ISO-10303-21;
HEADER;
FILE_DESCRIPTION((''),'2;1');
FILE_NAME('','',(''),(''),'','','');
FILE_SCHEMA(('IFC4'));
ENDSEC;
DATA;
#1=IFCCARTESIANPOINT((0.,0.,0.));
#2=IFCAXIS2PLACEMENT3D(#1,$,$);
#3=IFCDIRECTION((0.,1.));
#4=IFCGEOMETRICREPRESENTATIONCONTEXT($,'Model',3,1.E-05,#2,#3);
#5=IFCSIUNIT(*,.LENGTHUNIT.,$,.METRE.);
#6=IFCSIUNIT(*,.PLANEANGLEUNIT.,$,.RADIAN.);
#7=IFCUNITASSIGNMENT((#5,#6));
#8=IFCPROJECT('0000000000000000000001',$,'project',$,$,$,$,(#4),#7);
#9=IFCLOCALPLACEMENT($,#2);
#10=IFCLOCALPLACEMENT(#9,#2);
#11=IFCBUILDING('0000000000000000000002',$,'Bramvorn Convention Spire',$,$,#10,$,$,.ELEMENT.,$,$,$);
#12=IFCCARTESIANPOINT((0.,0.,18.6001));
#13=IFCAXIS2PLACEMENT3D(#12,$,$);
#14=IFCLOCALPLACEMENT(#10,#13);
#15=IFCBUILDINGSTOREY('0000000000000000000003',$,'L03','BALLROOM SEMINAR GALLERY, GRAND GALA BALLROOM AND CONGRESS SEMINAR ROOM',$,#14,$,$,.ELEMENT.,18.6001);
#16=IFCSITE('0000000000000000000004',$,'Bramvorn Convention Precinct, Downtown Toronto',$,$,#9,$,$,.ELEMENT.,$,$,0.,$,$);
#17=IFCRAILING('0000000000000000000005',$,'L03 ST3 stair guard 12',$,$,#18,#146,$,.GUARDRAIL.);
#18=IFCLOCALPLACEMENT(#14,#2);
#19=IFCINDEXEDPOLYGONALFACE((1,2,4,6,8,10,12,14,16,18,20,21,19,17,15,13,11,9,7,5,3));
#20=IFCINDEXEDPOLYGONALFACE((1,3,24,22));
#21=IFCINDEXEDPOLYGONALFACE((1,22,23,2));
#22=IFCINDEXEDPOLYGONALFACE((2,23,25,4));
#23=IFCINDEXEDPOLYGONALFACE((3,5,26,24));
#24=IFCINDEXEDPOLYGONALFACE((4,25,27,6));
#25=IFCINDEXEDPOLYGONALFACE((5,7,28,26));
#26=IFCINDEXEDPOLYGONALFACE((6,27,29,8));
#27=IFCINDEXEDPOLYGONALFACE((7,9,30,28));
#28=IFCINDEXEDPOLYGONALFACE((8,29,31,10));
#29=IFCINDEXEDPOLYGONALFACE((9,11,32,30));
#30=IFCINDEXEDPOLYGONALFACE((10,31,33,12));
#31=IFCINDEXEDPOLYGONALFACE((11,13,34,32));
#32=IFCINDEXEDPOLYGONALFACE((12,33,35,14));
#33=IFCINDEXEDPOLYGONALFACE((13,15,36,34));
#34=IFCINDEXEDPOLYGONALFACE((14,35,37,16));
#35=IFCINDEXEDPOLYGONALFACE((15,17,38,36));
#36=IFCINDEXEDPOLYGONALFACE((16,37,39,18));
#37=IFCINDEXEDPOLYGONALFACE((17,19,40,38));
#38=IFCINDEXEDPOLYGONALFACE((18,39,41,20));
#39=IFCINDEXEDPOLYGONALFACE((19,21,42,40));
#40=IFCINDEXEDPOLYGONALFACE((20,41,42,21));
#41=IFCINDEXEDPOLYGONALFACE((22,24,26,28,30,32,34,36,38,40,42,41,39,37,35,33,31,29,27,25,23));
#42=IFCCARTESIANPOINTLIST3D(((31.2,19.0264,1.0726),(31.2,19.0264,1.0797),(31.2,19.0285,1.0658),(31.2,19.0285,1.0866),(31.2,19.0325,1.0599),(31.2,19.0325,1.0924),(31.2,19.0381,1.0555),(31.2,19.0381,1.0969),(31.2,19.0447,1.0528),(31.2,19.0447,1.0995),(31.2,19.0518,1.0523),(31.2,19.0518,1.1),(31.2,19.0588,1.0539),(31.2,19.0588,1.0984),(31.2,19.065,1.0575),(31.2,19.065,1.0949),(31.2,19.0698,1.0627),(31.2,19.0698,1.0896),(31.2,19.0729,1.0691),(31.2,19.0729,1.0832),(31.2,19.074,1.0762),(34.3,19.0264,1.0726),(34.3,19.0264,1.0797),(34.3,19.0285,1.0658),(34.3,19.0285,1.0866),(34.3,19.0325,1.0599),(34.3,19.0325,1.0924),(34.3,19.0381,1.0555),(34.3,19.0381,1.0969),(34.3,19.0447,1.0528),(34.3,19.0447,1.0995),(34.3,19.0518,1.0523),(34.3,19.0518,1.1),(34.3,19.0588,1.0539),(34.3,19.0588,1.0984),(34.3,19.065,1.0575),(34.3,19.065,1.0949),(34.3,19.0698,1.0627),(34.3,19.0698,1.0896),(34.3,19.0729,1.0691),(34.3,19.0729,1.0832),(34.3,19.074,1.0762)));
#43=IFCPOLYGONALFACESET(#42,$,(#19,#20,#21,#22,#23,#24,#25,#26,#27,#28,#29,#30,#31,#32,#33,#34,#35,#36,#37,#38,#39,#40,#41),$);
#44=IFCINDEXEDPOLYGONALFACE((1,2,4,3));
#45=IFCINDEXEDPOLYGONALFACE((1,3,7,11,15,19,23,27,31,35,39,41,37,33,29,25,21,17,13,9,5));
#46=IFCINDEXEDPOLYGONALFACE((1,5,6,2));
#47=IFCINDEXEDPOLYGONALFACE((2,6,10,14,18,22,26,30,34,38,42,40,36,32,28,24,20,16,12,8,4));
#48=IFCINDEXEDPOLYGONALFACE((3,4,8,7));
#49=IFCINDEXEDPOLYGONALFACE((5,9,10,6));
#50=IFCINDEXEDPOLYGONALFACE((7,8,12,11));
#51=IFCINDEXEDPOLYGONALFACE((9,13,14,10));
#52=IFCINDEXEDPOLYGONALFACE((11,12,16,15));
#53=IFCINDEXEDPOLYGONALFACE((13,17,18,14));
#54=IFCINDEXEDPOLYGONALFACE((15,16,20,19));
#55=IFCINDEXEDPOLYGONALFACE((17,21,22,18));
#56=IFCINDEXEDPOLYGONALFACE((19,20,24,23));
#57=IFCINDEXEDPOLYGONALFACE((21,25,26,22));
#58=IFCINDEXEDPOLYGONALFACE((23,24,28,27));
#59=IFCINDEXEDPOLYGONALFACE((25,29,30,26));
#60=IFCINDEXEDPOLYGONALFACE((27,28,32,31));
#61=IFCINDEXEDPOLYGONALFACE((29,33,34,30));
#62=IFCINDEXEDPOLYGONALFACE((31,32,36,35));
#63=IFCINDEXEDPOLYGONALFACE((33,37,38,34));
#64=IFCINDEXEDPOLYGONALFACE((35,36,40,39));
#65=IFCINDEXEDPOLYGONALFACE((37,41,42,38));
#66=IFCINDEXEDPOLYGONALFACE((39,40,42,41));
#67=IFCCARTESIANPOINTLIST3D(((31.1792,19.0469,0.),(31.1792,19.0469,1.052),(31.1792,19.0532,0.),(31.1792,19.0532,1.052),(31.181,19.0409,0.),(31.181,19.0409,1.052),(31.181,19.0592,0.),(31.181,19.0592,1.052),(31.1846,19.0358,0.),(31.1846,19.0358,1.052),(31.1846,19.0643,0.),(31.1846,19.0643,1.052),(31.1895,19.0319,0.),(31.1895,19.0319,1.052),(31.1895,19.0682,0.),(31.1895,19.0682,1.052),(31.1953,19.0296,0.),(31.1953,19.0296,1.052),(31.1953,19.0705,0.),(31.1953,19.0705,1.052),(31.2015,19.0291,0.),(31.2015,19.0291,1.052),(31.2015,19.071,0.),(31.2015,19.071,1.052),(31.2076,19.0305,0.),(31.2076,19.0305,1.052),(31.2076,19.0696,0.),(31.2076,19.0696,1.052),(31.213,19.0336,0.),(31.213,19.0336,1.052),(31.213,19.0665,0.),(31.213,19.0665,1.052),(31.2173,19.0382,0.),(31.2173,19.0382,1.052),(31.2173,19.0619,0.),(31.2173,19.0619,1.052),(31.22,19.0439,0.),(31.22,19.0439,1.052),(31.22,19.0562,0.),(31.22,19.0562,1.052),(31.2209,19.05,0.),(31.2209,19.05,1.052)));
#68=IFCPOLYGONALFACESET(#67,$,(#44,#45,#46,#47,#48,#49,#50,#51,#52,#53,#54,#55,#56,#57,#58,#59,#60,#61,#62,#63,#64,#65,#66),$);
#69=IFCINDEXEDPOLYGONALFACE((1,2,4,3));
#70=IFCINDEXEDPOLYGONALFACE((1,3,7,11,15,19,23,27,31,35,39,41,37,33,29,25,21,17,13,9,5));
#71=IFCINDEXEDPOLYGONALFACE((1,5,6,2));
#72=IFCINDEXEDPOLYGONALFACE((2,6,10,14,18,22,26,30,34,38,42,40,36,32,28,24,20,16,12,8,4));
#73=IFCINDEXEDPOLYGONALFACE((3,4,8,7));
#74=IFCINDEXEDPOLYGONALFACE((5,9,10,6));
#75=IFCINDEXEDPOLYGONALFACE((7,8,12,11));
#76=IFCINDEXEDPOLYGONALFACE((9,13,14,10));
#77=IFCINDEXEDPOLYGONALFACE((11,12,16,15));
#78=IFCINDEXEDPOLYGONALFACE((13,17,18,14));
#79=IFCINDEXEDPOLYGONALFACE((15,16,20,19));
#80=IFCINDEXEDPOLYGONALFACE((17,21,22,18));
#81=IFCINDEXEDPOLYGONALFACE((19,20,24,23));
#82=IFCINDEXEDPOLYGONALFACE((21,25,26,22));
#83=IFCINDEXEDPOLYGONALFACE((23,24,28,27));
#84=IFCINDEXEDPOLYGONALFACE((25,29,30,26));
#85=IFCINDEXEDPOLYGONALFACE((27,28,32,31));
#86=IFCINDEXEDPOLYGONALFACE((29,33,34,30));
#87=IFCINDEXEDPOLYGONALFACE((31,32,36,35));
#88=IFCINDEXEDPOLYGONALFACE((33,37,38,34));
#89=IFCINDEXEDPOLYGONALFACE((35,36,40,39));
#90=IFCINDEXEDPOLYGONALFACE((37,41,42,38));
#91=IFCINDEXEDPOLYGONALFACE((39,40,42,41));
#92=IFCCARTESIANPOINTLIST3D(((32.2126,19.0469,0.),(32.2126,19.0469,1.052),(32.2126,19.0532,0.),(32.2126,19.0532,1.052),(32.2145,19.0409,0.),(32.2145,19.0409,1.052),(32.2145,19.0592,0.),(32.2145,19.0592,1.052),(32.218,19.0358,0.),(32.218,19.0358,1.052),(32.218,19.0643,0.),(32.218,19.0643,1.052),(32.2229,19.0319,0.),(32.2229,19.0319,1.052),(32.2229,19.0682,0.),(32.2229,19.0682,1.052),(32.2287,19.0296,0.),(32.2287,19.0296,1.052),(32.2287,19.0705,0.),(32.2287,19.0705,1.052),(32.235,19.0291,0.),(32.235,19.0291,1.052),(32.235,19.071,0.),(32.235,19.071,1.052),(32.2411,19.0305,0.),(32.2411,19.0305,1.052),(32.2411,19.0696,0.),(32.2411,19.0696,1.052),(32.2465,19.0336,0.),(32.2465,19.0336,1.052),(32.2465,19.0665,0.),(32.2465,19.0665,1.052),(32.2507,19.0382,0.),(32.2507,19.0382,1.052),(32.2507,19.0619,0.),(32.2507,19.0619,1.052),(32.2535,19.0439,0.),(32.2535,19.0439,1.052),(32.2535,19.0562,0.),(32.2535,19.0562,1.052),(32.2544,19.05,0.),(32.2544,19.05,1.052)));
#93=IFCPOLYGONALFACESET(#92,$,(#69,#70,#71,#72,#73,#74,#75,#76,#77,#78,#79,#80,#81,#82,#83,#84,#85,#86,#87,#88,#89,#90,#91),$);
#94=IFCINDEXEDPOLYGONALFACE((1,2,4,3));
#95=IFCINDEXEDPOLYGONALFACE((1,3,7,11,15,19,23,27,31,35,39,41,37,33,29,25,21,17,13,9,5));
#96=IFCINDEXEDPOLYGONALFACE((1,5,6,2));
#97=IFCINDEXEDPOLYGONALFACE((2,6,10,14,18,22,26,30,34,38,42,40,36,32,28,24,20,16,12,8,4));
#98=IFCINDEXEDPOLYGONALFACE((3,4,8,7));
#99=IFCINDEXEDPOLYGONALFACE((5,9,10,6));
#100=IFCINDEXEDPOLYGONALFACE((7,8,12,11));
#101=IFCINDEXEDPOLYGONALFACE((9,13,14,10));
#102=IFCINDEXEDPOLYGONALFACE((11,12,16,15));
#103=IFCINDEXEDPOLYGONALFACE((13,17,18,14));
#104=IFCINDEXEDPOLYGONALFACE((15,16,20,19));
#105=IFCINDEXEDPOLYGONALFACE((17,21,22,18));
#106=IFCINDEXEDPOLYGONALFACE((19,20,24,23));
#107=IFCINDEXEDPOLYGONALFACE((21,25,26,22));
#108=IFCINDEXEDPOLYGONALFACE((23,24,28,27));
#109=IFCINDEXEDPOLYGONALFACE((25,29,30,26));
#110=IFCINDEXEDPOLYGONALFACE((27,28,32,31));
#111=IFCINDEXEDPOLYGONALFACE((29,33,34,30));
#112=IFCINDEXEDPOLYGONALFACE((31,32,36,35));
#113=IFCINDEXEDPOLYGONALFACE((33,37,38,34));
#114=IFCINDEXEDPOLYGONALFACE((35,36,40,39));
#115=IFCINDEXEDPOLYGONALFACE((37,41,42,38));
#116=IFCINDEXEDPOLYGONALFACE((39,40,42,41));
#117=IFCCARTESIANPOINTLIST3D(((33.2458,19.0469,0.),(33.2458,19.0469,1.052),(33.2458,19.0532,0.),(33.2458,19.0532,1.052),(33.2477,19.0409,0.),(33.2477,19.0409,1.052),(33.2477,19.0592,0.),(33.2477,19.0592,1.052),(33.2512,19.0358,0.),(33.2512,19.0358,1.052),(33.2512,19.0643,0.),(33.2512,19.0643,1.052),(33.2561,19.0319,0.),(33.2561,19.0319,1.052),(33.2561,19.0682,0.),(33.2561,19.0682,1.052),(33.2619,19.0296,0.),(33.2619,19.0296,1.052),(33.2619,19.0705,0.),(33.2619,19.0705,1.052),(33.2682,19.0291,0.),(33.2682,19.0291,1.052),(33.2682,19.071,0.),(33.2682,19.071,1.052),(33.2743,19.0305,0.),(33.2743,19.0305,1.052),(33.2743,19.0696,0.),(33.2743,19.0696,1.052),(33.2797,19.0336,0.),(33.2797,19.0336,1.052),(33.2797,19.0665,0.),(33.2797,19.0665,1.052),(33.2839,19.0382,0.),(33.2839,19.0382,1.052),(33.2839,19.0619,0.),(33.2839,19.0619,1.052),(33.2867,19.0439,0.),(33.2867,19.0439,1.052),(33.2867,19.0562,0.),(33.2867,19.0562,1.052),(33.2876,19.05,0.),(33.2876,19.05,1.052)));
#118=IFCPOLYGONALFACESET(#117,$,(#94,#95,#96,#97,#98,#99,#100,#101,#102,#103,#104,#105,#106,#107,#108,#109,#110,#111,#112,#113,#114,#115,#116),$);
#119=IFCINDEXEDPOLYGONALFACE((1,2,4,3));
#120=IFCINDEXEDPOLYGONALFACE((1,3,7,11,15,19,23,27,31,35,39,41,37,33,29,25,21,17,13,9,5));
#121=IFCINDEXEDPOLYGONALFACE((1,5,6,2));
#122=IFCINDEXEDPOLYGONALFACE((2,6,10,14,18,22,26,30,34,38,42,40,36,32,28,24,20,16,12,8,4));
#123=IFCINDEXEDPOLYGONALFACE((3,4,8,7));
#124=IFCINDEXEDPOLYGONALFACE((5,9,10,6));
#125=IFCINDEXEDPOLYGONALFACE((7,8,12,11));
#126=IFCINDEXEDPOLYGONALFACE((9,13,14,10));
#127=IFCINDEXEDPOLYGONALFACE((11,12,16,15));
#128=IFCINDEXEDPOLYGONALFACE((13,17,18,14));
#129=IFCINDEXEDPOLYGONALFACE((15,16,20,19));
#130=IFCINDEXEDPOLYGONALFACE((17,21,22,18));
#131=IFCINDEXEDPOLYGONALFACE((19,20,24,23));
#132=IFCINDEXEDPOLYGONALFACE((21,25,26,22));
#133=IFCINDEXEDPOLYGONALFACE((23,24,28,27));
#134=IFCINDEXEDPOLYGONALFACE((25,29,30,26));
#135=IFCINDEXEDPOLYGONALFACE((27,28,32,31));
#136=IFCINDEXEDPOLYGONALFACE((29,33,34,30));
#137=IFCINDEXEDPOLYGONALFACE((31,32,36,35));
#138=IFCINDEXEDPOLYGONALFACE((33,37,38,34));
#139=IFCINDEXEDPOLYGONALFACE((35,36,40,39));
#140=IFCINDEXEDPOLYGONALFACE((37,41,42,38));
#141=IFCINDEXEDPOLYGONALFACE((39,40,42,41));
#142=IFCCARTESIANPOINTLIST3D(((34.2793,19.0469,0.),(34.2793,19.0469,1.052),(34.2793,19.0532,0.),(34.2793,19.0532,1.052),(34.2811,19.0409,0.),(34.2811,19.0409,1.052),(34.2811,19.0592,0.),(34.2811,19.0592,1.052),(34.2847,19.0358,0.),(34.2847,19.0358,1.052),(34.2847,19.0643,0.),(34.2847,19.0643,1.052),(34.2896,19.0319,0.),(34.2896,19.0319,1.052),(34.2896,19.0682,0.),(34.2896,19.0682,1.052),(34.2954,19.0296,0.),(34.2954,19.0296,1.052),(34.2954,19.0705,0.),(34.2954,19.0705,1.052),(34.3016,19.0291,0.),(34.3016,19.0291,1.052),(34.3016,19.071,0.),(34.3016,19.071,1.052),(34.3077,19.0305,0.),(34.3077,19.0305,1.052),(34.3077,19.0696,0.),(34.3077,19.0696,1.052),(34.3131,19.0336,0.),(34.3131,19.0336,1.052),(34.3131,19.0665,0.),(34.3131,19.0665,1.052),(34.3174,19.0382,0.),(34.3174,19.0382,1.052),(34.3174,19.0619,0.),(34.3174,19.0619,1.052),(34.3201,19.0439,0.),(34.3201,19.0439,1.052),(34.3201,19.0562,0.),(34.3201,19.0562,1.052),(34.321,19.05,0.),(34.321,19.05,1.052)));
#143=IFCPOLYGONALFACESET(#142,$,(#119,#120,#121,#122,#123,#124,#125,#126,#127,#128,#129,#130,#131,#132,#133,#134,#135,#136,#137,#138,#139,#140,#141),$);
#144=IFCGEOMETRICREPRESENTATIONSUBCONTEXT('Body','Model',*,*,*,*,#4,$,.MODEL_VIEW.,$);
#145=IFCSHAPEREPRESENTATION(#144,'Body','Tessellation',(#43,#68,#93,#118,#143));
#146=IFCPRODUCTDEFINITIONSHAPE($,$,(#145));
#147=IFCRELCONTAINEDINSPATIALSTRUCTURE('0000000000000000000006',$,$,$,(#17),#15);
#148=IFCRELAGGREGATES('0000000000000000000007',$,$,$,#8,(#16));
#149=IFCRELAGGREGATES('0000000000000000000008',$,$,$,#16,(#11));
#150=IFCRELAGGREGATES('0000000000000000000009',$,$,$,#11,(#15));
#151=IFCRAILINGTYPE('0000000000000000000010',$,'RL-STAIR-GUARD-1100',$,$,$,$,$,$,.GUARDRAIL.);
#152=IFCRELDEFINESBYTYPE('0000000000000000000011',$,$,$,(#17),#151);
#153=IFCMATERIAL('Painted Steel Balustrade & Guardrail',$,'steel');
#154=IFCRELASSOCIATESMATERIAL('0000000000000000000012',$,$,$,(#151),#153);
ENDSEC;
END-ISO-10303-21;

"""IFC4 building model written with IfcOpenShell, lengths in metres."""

from ifc_helpers import new_model, si_unit, direction, frame, origin, origin_2d, place, context, subcontext, project, spatial, circle, extrude, material, type_object, element, save


model = new_model("IFC4")

# Units and contexts
model_context = context("Model", 3, precision=1e-05, world=origin(), true_north=direction((0.0, 1.0)))
body_context = subcontext(model_context, "Body", "Model", "MODEL_VIEW")
ifc_project = project(units=[si_unit("LENGTHUNIT", "METRE"), si_unit("PLANEANGLEUNIT", "RADIAN")], contexts=[model_context])

# Site, building, storey
site_placement = place(None, origin())
site = spatial("IfcSite", under=ifc_project, at=site_placement, Name="Bramvorn Convention Precinct, Downtown Toronto", CompositionType="ELEMENT", RefElevation=0.0)
building_placement = place(site_placement, origin())
building = spatial("IfcBuilding", under=site, at=building_placement, Name="Bramvorn Convention Spire", CompositionType="ELEMENT")
storey_placement = place(building_placement, frame((0.0, 0.0, 18.6001)))
storey = spatial("IfcBuildingStorey", under=building, at=storey_placement, Name="L03", Description="BALLROOM SEMINAR GALLERY, GRAND GALA BALLROOM AND CONGRESS SEMINAR ROOM", CompositionType="ELEMENT", Elevation=18.6001)

# Railing
ifc_material_1 = material(Name="Painted Steel Balustrade & Guardrail", Category="steel")
railing_type_1 = type_object("IfcRailingType", Name="RL-STAIR-GUARD-1100", PredefinedType="GUARDRAIL", material=ifc_material_1)
railing_1_placement = place(storey_placement, frame((31.2, 19.05, 0.0)))
element("IfcRailing", 1, at=railing_1_placement, inside=storey, type_object=railing_type_1, Name="L03 ST3 stair guard 12", PredefinedType="GUARDRAIL", context=body_context, shape_type="SweptSolid", body=[
    extrude(circle(Radius=0.0239, at=origin_2d()), frame((0.0, 0.0, 1.0762), z_axis=(1.0, 0.0, 0.0), x_axis=(0.0, 1.0, 0.0)), (0.0, 0.0, 1.0), 3.1001),
    extrude(circle(Radius=0.021, at=origin_2d()), origin(), (0.0, 0.0, 1.0), 1.052),
    extrude(circle(Radius=0.021, at=origin_2d()), frame((1.0334, 0.0, 0.0)), (0.0, 0.0, 1.0), 1.052),
    extrude(circle(Radius=0.021, at=origin_2d()), frame((2.0667, 0.0, 0.0)), (0.0, 0.0, 1.0), 1.052),
    extrude(circle(Radius=0.021, at=origin_2d()), frame((3.1001, 0.0, 0.0)), (0.0, 0.0, 1.0), 1.052),
])

save(model, "model.ifc")
